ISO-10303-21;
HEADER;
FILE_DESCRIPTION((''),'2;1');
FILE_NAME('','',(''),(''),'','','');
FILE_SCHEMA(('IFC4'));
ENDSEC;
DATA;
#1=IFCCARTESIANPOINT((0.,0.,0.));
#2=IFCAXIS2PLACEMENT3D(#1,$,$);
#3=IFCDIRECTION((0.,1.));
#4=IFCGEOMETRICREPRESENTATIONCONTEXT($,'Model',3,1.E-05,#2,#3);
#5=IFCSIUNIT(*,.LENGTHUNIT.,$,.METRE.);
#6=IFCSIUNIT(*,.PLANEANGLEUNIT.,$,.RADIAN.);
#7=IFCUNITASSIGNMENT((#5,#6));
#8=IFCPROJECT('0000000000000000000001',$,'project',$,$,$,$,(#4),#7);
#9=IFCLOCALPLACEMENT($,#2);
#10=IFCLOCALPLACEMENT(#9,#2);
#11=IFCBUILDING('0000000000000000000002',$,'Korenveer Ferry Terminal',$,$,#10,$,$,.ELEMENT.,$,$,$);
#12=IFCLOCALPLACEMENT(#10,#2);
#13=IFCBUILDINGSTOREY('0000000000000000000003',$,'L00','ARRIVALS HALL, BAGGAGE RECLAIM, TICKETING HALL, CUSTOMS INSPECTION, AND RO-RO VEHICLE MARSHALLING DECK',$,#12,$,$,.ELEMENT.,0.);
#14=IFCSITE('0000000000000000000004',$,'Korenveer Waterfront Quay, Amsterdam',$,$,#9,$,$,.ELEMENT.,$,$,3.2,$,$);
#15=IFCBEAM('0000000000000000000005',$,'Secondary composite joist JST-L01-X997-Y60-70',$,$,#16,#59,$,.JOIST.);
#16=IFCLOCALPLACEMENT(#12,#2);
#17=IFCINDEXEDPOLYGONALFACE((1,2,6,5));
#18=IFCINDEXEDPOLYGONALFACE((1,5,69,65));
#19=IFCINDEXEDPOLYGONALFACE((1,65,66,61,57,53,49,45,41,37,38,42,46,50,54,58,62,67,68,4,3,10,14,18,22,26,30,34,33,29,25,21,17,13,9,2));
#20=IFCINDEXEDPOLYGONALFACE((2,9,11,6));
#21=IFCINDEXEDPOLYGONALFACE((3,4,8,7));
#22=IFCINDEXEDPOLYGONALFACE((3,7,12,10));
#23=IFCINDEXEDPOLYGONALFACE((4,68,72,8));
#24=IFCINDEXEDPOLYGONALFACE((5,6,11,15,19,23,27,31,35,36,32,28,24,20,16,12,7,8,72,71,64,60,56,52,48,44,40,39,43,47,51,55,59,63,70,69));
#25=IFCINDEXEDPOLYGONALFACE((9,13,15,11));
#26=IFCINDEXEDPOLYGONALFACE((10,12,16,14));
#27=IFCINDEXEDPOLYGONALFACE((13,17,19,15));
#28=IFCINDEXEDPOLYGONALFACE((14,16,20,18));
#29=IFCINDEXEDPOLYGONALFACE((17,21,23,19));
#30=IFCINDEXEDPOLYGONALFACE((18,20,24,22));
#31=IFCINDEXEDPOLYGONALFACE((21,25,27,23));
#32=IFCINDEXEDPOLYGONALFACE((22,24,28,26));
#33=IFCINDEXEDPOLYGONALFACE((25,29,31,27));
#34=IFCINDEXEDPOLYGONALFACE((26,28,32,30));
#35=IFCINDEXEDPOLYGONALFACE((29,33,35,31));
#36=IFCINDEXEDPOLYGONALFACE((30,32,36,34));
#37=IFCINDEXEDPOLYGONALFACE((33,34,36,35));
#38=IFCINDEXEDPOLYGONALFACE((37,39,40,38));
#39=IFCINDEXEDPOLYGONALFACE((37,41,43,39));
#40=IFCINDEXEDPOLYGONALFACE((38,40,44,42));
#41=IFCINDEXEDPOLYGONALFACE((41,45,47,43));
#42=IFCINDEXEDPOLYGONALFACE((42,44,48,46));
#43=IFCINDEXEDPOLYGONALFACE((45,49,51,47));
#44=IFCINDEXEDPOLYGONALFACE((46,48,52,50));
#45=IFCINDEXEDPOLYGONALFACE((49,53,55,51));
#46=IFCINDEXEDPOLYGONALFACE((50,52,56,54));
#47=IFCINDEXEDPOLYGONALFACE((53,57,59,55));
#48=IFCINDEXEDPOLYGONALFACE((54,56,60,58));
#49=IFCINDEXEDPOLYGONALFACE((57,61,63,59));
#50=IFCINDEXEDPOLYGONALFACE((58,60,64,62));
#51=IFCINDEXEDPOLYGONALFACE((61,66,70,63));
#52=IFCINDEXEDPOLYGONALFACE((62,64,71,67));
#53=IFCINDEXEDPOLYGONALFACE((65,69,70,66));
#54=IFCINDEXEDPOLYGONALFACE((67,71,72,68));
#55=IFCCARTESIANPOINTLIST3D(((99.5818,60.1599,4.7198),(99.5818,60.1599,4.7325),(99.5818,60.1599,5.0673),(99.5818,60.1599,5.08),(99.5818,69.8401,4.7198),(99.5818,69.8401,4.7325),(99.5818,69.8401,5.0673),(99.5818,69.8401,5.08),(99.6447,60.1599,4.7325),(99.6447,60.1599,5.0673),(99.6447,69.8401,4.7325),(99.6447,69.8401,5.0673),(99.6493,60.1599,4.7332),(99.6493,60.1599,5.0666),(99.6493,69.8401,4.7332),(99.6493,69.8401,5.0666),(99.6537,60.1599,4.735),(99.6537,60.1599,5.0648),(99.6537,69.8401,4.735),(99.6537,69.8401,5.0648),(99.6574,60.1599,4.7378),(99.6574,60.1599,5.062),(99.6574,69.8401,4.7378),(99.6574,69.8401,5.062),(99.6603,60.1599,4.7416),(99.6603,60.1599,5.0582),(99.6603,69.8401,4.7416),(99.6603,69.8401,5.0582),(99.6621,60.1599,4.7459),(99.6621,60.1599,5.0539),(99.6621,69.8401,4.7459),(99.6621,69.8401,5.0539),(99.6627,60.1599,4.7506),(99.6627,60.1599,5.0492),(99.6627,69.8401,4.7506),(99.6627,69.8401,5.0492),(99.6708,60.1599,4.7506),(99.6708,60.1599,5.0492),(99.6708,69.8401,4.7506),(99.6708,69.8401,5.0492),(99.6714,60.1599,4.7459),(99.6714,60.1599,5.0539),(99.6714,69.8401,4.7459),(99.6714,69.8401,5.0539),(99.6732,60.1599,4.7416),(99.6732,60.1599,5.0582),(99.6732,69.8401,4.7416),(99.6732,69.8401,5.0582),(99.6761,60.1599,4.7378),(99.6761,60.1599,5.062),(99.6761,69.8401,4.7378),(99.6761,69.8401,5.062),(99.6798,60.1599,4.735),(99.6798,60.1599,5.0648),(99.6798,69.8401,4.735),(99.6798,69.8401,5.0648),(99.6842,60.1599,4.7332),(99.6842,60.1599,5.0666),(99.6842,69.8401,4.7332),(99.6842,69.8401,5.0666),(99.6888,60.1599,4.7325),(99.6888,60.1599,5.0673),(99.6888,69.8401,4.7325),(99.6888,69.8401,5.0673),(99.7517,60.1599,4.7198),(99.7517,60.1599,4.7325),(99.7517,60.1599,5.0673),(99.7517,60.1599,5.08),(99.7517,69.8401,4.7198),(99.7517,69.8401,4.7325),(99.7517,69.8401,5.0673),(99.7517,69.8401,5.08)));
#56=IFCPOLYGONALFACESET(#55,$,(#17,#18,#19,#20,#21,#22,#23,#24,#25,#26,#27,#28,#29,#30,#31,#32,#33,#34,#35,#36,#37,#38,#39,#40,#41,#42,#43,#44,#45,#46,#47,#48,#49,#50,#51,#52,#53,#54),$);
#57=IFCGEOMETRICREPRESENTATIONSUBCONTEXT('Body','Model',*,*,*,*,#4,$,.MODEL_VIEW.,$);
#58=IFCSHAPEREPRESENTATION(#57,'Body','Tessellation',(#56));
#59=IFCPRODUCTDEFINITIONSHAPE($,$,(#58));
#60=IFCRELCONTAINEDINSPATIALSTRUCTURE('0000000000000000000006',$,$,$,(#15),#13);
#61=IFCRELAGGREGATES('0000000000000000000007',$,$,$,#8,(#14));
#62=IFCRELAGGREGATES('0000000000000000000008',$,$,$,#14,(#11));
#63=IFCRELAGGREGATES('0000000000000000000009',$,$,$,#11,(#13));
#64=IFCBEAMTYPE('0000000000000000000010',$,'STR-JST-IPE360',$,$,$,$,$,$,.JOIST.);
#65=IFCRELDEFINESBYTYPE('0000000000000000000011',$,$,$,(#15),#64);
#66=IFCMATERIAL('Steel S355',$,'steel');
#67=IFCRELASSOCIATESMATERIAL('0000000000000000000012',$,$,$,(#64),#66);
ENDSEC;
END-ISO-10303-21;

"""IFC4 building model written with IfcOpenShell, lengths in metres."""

from ifc_helpers import new_model, si_unit, direction, frame, origin, origin_2d, place, context, subcontext, project, spatial, i_section, extrude, material, material_profile, profile_set, type_object, element, save


model = new_model("IFC4")

# Units and contexts
model_context = context("Model", 3, precision=1e-05, world=origin(), true_north=direction((0.0, 1.0)))
body_context = subcontext(model_context, "Body", "Model", "MODEL_VIEW")
ifc_project = project(units=[si_unit("LENGTHUNIT", "METRE"), si_unit("PLANEANGLEUNIT", "RADIAN")], contexts=[model_context])

# Site, building, storey
site_placement = place(None, origin())
site = spatial("IfcSite", under=ifc_project, at=site_placement, Name="Korenveer Waterfront Quay, Amsterdam", CompositionType="ELEMENT", RefElevation=3.2)
building_placement = place(site_placement, origin())
building = spatial("IfcBuilding", under=site, at=building_placement, Name="Korenveer Ferry Terminal", CompositionType="ELEMENT")
storey_placement = place(building_placement, origin())
storey = spatial("IfcBuildingStorey", under=building, at=storey_placement, Name="L00", Description="ARRIVALS HALL, BAGGAGE RECLAIM, TICKETING HALL, CUSTOMS INSPECTION, AND RO-RO VEHICLE MARSHALLING DECK", CompositionType="ELEMENT", Elevation=0.0)

# Shared definitions
ifc_material_1 = material(Name="Steel S355", Category="steel")

# Beam
ifc_material_profile_1 = material_profile(ifc_material_1, i_section(OverallWidth=0.1699, OverallDepth=0.3601, WebThickness=0.0081, FlangeThickness=0.0127, FilletRadius=0.0181, at=origin_2d()), Name="IPE 360")
ifc_profile_set_1 = profile_set([ifc_material_profile_1], Name="Steel S355")
beam_type_1 = type_object("IfcBeamType", Name="STR-JST-IPE360", PredefinedType="JOIST", material=ifc_profile_set_1)
for number, where, z_axis, x_axis, name in (
    (1, (99.6667, 60.1599, 4.8999), (0.0, 1.0, 0.0), (-1.0, 0.0, 0.0), "Secondary composite joist JST-L01-X997-Y60-70"),
):
    element("IfcBeam", number, at=place(storey_placement, frame(where, z_axis=z_axis, x_axis=x_axis)), inside=storey, type_object=beam_type_1, Name=name, PredefinedType="JOIST", context=body_context, shape_type="SweptSolid", body=[
        extrude(i_section(OverallWidth=0.1699, OverallDepth=0.3601, WebThickness=0.0081, FlangeThickness=0.0127, FilletRadius=0.0181, at=origin_2d()), origin(), (0.0, 0.0, 1.0), 9.6802),
    ])

save(model, "model.ifc")
